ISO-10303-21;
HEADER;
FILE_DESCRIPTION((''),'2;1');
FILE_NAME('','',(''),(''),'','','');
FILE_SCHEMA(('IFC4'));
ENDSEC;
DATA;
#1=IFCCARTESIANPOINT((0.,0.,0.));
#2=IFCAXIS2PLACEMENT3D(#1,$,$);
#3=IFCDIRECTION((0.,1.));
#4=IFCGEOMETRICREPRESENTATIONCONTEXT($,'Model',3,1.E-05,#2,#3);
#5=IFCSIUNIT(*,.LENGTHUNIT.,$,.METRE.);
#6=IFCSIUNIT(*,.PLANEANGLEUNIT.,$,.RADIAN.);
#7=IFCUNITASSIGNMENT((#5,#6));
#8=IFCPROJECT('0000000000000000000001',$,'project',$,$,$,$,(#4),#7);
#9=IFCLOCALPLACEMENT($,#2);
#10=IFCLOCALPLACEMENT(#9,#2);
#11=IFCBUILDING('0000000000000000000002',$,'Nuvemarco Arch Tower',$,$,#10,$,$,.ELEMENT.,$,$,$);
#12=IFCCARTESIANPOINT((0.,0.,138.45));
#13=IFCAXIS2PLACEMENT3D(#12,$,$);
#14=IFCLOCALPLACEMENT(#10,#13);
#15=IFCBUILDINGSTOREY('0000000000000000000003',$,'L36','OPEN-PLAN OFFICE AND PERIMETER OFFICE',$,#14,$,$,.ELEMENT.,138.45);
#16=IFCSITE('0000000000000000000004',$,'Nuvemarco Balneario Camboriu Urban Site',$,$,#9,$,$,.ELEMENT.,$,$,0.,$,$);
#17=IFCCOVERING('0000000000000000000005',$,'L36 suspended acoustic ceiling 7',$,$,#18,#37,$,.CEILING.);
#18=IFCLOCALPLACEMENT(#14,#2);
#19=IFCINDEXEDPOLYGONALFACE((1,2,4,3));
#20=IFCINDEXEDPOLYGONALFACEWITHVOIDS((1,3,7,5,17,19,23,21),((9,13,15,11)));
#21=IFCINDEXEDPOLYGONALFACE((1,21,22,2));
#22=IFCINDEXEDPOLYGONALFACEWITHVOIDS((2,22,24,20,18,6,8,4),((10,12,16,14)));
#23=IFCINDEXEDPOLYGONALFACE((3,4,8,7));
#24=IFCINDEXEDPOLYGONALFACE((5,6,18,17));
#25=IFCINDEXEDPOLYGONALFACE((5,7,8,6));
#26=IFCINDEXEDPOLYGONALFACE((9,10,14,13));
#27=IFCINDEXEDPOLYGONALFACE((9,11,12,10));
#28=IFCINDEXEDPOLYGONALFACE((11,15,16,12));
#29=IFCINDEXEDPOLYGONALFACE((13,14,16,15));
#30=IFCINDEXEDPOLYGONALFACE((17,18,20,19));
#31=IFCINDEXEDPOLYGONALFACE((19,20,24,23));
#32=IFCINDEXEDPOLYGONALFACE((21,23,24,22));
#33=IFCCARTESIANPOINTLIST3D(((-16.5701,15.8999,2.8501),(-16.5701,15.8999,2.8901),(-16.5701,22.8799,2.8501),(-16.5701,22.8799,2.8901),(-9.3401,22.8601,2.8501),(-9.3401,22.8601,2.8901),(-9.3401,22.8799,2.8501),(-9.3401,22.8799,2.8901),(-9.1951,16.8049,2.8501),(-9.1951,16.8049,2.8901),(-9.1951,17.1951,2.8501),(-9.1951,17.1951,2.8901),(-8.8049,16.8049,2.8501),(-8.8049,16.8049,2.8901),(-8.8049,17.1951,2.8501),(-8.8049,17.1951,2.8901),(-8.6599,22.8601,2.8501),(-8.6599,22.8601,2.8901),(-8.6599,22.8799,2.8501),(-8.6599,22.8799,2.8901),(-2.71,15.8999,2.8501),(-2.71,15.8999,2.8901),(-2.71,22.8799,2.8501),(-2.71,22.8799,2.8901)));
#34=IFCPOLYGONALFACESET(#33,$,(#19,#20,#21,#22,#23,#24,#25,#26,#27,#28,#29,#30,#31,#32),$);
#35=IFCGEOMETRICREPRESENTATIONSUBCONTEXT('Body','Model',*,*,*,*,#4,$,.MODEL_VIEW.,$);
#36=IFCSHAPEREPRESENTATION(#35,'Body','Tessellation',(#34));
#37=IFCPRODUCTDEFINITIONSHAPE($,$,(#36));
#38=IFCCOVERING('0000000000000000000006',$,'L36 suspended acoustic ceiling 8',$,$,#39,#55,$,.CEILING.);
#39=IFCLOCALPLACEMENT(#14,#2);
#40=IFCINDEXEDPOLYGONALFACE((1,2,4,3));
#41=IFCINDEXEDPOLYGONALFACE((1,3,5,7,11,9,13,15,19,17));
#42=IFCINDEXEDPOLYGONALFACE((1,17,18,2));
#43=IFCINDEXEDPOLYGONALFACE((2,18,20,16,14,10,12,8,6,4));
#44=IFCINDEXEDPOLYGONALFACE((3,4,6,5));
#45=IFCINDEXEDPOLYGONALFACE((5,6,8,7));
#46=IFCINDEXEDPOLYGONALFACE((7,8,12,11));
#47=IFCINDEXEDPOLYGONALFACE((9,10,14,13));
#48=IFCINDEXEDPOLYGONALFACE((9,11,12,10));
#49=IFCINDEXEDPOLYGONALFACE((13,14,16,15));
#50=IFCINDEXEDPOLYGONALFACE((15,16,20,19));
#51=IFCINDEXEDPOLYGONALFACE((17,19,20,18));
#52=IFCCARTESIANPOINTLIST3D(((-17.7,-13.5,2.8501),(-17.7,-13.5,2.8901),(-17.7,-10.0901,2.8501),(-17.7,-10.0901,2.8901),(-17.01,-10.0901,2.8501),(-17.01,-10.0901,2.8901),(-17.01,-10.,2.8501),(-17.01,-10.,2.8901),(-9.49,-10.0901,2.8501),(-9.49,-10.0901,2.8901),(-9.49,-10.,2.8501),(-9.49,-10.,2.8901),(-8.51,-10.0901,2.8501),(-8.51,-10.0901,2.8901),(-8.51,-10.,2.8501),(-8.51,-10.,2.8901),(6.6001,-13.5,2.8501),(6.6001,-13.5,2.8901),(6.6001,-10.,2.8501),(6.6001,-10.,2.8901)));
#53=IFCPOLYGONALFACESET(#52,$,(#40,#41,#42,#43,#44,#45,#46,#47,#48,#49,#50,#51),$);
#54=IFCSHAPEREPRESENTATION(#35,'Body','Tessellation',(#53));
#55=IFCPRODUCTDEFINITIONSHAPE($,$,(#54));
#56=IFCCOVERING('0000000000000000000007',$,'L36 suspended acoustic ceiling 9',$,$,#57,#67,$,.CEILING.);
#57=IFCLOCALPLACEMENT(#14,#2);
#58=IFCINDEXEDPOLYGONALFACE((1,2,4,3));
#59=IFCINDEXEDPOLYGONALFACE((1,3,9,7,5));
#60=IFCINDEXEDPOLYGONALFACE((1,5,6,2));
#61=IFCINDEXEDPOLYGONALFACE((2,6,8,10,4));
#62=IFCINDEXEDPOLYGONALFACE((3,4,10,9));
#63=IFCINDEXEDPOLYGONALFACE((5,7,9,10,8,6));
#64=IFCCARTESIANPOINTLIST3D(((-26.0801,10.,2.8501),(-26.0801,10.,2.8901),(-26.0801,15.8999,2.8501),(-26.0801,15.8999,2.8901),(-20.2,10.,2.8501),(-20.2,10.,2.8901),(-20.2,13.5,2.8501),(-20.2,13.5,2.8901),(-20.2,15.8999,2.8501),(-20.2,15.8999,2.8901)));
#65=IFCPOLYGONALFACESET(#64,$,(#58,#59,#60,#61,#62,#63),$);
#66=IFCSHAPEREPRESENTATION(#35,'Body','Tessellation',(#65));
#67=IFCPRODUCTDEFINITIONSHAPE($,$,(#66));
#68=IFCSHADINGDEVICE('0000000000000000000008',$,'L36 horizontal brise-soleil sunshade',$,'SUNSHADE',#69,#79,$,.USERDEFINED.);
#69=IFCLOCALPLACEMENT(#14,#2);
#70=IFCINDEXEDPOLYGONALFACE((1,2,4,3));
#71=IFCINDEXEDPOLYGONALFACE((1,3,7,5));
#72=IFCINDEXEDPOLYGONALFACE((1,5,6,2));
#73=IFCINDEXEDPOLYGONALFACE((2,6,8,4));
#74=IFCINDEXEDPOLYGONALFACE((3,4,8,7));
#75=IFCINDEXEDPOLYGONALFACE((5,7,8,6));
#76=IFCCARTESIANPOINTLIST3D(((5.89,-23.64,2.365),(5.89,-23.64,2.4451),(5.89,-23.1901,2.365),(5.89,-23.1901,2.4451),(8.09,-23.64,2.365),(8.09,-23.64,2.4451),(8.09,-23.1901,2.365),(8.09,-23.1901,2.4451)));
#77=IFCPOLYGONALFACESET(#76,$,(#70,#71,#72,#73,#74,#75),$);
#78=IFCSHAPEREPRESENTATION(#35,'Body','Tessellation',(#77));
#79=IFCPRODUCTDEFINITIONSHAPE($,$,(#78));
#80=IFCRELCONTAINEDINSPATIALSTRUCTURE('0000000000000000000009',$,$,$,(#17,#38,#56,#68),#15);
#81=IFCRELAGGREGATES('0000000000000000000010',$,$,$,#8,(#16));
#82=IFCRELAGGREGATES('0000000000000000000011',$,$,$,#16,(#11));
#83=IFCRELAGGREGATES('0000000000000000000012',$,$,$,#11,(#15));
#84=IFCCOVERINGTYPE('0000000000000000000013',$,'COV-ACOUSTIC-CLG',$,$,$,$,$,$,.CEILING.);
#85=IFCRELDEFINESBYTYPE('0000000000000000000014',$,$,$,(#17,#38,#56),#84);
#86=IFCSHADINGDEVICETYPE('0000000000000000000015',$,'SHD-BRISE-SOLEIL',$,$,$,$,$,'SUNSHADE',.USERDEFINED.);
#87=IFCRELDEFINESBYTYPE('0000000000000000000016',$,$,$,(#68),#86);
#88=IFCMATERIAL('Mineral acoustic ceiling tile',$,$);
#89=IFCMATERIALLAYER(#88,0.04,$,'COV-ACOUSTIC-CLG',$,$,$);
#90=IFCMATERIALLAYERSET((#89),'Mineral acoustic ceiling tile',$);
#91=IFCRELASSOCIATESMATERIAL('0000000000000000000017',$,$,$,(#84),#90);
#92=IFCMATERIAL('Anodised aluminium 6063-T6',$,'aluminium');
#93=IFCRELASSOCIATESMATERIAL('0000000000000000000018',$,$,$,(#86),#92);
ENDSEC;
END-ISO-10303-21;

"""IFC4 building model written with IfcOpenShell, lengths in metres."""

from ifc_helpers import new_model, si_unit, direction, frame, origin, origin_2d, place, context, subcontext, project, spatial, polyline, rectangle, outline, extrude, source, transform, mapped, material, layer, layer_set, type_object, type_shapes, element, save


model = new_model("IFC4")

# Units and contexts
model_context = context("Model", 3, precision=1e-05, world=origin(), true_north=direction((0.0, 1.0)))
body_context = subcontext(model_context, "Body", "Model", "MODEL_VIEW")
ifc_project = project(units=[si_unit("LENGTHUNIT", "METRE"), si_unit("PLANEANGLEUNIT", "RADIAN")], contexts=[model_context])

# Site, building, storey
site_placement = place(None, origin())
site = spatial("IfcSite", under=ifc_project, at=site_placement, Name="Nuvemarco Balneario Camboriu Urban Site", CompositionType="ELEMENT", RefElevation=0.0)
building_placement = place(site_placement, origin())
building = spatial("IfcBuilding", under=site, at=building_placement, Name="Nuvemarco Arch Tower", CompositionType="ELEMENT")
storey_placement = place(building_placement, frame((0.0, 0.0, 138.45)))
storey = spatial("IfcBuildingStorey", under=building, at=storey_placement, Name="L36", Description="OPEN-PLAN OFFICE AND PERIMETER OFFICE", CompositionType="ELEMENT", Elevation=138.45)

# Coverings
ifc_material_1 = material(Name="Mineral acoustic ceiling tile")
ifc_layer_1 = layer(ifc_material_1, 0.04, Name="COV-ACOUSTIC-CLG")
ifc_layer_set_1 = layer_set([ifc_layer_1], Name="Mineral acoustic ceiling tile")
covering_type = type_object("IfcCoveringType", Name="COV-ACOUSTIC-CLG", PredefinedType="CEILING", material=ifc_layer_set_1)
covering_1_placement = place(storey_placement, frame((0.0, 0.0, 2.8501)))
element("IfcCovering", 1, at=covering_1_placement, inside=storey, type_object=covering_type, Name="L36 suspended acoustic ceiling 7", PredefinedType="CEILING", context=body_context, shape_type="SweptSolid", body=[
    extrude(outline(polyline([(-2.71, 15.8999), (-16.5701, 15.8999), (-16.5701, 22.8799), (-9.3401, 22.8799), (-9.3401, 22.8601), (-8.6599, 22.8601), (-8.6599, 22.8799), (-2.71, 22.8799), (-2.71, 15.8999)]), holes=[polyline([(-8.8049, 16.8049), (-8.8049, 17.1951), (-9.1951, 17.1951), (-9.1951, 16.8049), (-8.8049, 16.8049)])]), origin(), (0.0, 0.0, 1.0), 0.04),
])
covering_2_placement = place(storey_placement, frame((0.0, 0.0, 2.8501)))
element("IfcCovering", 2, at=covering_2_placement, inside=storey, type_object=covering_type, Name="L36 suspended acoustic ceiling 8", PredefinedType="CEILING", context=body_context, shape_type="SweptSolid", body=[
    extrude(outline(polyline([(-9.49, -10.0901), (-8.51, -10.0901), (-8.51, -10.0), (6.6001, -10.0), (6.6001, -13.5), (-17.7, -13.5), (-17.7, -10.0901), (-17.01, -10.0901), (-17.01, -10.0), (-9.49, -10.0), (-9.49, -10.0901)])), origin(), (0.0, 0.0, 1.0), 0.04),
])
covering_3_placement = place(storey_placement, frame((0.0, 0.0, 2.8501)))
element("IfcCovering", 3, at=covering_3_placement, inside=storey, type_object=covering_type, Name="L36 suspended acoustic ceiling 9", PredefinedType="CEILING", context=body_context, shape_type="SweptSolid", body=[
    extrude(outline(polyline([(-20.2, 15.8999), (-20.2, 13.5), (-20.2, 10.0), (-26.0801, 10.0), (-26.0801, 15.8999), (-20.2, 15.8999)])), origin(), (0.0, 0.0, 1.0), 0.04),
])

# Shading device
ifc_material_2 = material(Name="Anodised aluminium 6063-T6", Category="aluminium")
shading_device_type = type_object("IfcShadingDeviceType", Name="SHD-BRISE-SOLEIL", ElementType="SUNSHADE", PredefinedType="USERDEFINED", material=ifc_material_2)
shared_shape_1 = source(origin(), body_context, "Body", "SweptSolid", [
    extrude(rectangle(XDim=2.2, YDim=0.45, at=origin_2d()), origin(), (0.0, 0.0, 1.0), 0.0801),
])
type_shapes(shading_device_type, [shared_shape_1])
shading_device_placement = place(storey_placement, frame((6.99, -23.415, 2.365), z_axis=(0.0, 0.0, 1.0), x_axis=(1.0, 0.0, 0.0)))
element("IfcShadingDevice", 4, at=shading_device_placement, inside=storey, type_object=shading_device_type, Name="L36 horizontal brise-soleil sunshade", ObjectType="SUNSHADE", PredefinedType="USERDEFINED", context=body_context, shape_type="MappedRepresentation", body=[
    mapped(shared_shape_1, transform((0.0, 0.0, 0.0), scale=1.0)),
])

save(model, "model.ifc")
